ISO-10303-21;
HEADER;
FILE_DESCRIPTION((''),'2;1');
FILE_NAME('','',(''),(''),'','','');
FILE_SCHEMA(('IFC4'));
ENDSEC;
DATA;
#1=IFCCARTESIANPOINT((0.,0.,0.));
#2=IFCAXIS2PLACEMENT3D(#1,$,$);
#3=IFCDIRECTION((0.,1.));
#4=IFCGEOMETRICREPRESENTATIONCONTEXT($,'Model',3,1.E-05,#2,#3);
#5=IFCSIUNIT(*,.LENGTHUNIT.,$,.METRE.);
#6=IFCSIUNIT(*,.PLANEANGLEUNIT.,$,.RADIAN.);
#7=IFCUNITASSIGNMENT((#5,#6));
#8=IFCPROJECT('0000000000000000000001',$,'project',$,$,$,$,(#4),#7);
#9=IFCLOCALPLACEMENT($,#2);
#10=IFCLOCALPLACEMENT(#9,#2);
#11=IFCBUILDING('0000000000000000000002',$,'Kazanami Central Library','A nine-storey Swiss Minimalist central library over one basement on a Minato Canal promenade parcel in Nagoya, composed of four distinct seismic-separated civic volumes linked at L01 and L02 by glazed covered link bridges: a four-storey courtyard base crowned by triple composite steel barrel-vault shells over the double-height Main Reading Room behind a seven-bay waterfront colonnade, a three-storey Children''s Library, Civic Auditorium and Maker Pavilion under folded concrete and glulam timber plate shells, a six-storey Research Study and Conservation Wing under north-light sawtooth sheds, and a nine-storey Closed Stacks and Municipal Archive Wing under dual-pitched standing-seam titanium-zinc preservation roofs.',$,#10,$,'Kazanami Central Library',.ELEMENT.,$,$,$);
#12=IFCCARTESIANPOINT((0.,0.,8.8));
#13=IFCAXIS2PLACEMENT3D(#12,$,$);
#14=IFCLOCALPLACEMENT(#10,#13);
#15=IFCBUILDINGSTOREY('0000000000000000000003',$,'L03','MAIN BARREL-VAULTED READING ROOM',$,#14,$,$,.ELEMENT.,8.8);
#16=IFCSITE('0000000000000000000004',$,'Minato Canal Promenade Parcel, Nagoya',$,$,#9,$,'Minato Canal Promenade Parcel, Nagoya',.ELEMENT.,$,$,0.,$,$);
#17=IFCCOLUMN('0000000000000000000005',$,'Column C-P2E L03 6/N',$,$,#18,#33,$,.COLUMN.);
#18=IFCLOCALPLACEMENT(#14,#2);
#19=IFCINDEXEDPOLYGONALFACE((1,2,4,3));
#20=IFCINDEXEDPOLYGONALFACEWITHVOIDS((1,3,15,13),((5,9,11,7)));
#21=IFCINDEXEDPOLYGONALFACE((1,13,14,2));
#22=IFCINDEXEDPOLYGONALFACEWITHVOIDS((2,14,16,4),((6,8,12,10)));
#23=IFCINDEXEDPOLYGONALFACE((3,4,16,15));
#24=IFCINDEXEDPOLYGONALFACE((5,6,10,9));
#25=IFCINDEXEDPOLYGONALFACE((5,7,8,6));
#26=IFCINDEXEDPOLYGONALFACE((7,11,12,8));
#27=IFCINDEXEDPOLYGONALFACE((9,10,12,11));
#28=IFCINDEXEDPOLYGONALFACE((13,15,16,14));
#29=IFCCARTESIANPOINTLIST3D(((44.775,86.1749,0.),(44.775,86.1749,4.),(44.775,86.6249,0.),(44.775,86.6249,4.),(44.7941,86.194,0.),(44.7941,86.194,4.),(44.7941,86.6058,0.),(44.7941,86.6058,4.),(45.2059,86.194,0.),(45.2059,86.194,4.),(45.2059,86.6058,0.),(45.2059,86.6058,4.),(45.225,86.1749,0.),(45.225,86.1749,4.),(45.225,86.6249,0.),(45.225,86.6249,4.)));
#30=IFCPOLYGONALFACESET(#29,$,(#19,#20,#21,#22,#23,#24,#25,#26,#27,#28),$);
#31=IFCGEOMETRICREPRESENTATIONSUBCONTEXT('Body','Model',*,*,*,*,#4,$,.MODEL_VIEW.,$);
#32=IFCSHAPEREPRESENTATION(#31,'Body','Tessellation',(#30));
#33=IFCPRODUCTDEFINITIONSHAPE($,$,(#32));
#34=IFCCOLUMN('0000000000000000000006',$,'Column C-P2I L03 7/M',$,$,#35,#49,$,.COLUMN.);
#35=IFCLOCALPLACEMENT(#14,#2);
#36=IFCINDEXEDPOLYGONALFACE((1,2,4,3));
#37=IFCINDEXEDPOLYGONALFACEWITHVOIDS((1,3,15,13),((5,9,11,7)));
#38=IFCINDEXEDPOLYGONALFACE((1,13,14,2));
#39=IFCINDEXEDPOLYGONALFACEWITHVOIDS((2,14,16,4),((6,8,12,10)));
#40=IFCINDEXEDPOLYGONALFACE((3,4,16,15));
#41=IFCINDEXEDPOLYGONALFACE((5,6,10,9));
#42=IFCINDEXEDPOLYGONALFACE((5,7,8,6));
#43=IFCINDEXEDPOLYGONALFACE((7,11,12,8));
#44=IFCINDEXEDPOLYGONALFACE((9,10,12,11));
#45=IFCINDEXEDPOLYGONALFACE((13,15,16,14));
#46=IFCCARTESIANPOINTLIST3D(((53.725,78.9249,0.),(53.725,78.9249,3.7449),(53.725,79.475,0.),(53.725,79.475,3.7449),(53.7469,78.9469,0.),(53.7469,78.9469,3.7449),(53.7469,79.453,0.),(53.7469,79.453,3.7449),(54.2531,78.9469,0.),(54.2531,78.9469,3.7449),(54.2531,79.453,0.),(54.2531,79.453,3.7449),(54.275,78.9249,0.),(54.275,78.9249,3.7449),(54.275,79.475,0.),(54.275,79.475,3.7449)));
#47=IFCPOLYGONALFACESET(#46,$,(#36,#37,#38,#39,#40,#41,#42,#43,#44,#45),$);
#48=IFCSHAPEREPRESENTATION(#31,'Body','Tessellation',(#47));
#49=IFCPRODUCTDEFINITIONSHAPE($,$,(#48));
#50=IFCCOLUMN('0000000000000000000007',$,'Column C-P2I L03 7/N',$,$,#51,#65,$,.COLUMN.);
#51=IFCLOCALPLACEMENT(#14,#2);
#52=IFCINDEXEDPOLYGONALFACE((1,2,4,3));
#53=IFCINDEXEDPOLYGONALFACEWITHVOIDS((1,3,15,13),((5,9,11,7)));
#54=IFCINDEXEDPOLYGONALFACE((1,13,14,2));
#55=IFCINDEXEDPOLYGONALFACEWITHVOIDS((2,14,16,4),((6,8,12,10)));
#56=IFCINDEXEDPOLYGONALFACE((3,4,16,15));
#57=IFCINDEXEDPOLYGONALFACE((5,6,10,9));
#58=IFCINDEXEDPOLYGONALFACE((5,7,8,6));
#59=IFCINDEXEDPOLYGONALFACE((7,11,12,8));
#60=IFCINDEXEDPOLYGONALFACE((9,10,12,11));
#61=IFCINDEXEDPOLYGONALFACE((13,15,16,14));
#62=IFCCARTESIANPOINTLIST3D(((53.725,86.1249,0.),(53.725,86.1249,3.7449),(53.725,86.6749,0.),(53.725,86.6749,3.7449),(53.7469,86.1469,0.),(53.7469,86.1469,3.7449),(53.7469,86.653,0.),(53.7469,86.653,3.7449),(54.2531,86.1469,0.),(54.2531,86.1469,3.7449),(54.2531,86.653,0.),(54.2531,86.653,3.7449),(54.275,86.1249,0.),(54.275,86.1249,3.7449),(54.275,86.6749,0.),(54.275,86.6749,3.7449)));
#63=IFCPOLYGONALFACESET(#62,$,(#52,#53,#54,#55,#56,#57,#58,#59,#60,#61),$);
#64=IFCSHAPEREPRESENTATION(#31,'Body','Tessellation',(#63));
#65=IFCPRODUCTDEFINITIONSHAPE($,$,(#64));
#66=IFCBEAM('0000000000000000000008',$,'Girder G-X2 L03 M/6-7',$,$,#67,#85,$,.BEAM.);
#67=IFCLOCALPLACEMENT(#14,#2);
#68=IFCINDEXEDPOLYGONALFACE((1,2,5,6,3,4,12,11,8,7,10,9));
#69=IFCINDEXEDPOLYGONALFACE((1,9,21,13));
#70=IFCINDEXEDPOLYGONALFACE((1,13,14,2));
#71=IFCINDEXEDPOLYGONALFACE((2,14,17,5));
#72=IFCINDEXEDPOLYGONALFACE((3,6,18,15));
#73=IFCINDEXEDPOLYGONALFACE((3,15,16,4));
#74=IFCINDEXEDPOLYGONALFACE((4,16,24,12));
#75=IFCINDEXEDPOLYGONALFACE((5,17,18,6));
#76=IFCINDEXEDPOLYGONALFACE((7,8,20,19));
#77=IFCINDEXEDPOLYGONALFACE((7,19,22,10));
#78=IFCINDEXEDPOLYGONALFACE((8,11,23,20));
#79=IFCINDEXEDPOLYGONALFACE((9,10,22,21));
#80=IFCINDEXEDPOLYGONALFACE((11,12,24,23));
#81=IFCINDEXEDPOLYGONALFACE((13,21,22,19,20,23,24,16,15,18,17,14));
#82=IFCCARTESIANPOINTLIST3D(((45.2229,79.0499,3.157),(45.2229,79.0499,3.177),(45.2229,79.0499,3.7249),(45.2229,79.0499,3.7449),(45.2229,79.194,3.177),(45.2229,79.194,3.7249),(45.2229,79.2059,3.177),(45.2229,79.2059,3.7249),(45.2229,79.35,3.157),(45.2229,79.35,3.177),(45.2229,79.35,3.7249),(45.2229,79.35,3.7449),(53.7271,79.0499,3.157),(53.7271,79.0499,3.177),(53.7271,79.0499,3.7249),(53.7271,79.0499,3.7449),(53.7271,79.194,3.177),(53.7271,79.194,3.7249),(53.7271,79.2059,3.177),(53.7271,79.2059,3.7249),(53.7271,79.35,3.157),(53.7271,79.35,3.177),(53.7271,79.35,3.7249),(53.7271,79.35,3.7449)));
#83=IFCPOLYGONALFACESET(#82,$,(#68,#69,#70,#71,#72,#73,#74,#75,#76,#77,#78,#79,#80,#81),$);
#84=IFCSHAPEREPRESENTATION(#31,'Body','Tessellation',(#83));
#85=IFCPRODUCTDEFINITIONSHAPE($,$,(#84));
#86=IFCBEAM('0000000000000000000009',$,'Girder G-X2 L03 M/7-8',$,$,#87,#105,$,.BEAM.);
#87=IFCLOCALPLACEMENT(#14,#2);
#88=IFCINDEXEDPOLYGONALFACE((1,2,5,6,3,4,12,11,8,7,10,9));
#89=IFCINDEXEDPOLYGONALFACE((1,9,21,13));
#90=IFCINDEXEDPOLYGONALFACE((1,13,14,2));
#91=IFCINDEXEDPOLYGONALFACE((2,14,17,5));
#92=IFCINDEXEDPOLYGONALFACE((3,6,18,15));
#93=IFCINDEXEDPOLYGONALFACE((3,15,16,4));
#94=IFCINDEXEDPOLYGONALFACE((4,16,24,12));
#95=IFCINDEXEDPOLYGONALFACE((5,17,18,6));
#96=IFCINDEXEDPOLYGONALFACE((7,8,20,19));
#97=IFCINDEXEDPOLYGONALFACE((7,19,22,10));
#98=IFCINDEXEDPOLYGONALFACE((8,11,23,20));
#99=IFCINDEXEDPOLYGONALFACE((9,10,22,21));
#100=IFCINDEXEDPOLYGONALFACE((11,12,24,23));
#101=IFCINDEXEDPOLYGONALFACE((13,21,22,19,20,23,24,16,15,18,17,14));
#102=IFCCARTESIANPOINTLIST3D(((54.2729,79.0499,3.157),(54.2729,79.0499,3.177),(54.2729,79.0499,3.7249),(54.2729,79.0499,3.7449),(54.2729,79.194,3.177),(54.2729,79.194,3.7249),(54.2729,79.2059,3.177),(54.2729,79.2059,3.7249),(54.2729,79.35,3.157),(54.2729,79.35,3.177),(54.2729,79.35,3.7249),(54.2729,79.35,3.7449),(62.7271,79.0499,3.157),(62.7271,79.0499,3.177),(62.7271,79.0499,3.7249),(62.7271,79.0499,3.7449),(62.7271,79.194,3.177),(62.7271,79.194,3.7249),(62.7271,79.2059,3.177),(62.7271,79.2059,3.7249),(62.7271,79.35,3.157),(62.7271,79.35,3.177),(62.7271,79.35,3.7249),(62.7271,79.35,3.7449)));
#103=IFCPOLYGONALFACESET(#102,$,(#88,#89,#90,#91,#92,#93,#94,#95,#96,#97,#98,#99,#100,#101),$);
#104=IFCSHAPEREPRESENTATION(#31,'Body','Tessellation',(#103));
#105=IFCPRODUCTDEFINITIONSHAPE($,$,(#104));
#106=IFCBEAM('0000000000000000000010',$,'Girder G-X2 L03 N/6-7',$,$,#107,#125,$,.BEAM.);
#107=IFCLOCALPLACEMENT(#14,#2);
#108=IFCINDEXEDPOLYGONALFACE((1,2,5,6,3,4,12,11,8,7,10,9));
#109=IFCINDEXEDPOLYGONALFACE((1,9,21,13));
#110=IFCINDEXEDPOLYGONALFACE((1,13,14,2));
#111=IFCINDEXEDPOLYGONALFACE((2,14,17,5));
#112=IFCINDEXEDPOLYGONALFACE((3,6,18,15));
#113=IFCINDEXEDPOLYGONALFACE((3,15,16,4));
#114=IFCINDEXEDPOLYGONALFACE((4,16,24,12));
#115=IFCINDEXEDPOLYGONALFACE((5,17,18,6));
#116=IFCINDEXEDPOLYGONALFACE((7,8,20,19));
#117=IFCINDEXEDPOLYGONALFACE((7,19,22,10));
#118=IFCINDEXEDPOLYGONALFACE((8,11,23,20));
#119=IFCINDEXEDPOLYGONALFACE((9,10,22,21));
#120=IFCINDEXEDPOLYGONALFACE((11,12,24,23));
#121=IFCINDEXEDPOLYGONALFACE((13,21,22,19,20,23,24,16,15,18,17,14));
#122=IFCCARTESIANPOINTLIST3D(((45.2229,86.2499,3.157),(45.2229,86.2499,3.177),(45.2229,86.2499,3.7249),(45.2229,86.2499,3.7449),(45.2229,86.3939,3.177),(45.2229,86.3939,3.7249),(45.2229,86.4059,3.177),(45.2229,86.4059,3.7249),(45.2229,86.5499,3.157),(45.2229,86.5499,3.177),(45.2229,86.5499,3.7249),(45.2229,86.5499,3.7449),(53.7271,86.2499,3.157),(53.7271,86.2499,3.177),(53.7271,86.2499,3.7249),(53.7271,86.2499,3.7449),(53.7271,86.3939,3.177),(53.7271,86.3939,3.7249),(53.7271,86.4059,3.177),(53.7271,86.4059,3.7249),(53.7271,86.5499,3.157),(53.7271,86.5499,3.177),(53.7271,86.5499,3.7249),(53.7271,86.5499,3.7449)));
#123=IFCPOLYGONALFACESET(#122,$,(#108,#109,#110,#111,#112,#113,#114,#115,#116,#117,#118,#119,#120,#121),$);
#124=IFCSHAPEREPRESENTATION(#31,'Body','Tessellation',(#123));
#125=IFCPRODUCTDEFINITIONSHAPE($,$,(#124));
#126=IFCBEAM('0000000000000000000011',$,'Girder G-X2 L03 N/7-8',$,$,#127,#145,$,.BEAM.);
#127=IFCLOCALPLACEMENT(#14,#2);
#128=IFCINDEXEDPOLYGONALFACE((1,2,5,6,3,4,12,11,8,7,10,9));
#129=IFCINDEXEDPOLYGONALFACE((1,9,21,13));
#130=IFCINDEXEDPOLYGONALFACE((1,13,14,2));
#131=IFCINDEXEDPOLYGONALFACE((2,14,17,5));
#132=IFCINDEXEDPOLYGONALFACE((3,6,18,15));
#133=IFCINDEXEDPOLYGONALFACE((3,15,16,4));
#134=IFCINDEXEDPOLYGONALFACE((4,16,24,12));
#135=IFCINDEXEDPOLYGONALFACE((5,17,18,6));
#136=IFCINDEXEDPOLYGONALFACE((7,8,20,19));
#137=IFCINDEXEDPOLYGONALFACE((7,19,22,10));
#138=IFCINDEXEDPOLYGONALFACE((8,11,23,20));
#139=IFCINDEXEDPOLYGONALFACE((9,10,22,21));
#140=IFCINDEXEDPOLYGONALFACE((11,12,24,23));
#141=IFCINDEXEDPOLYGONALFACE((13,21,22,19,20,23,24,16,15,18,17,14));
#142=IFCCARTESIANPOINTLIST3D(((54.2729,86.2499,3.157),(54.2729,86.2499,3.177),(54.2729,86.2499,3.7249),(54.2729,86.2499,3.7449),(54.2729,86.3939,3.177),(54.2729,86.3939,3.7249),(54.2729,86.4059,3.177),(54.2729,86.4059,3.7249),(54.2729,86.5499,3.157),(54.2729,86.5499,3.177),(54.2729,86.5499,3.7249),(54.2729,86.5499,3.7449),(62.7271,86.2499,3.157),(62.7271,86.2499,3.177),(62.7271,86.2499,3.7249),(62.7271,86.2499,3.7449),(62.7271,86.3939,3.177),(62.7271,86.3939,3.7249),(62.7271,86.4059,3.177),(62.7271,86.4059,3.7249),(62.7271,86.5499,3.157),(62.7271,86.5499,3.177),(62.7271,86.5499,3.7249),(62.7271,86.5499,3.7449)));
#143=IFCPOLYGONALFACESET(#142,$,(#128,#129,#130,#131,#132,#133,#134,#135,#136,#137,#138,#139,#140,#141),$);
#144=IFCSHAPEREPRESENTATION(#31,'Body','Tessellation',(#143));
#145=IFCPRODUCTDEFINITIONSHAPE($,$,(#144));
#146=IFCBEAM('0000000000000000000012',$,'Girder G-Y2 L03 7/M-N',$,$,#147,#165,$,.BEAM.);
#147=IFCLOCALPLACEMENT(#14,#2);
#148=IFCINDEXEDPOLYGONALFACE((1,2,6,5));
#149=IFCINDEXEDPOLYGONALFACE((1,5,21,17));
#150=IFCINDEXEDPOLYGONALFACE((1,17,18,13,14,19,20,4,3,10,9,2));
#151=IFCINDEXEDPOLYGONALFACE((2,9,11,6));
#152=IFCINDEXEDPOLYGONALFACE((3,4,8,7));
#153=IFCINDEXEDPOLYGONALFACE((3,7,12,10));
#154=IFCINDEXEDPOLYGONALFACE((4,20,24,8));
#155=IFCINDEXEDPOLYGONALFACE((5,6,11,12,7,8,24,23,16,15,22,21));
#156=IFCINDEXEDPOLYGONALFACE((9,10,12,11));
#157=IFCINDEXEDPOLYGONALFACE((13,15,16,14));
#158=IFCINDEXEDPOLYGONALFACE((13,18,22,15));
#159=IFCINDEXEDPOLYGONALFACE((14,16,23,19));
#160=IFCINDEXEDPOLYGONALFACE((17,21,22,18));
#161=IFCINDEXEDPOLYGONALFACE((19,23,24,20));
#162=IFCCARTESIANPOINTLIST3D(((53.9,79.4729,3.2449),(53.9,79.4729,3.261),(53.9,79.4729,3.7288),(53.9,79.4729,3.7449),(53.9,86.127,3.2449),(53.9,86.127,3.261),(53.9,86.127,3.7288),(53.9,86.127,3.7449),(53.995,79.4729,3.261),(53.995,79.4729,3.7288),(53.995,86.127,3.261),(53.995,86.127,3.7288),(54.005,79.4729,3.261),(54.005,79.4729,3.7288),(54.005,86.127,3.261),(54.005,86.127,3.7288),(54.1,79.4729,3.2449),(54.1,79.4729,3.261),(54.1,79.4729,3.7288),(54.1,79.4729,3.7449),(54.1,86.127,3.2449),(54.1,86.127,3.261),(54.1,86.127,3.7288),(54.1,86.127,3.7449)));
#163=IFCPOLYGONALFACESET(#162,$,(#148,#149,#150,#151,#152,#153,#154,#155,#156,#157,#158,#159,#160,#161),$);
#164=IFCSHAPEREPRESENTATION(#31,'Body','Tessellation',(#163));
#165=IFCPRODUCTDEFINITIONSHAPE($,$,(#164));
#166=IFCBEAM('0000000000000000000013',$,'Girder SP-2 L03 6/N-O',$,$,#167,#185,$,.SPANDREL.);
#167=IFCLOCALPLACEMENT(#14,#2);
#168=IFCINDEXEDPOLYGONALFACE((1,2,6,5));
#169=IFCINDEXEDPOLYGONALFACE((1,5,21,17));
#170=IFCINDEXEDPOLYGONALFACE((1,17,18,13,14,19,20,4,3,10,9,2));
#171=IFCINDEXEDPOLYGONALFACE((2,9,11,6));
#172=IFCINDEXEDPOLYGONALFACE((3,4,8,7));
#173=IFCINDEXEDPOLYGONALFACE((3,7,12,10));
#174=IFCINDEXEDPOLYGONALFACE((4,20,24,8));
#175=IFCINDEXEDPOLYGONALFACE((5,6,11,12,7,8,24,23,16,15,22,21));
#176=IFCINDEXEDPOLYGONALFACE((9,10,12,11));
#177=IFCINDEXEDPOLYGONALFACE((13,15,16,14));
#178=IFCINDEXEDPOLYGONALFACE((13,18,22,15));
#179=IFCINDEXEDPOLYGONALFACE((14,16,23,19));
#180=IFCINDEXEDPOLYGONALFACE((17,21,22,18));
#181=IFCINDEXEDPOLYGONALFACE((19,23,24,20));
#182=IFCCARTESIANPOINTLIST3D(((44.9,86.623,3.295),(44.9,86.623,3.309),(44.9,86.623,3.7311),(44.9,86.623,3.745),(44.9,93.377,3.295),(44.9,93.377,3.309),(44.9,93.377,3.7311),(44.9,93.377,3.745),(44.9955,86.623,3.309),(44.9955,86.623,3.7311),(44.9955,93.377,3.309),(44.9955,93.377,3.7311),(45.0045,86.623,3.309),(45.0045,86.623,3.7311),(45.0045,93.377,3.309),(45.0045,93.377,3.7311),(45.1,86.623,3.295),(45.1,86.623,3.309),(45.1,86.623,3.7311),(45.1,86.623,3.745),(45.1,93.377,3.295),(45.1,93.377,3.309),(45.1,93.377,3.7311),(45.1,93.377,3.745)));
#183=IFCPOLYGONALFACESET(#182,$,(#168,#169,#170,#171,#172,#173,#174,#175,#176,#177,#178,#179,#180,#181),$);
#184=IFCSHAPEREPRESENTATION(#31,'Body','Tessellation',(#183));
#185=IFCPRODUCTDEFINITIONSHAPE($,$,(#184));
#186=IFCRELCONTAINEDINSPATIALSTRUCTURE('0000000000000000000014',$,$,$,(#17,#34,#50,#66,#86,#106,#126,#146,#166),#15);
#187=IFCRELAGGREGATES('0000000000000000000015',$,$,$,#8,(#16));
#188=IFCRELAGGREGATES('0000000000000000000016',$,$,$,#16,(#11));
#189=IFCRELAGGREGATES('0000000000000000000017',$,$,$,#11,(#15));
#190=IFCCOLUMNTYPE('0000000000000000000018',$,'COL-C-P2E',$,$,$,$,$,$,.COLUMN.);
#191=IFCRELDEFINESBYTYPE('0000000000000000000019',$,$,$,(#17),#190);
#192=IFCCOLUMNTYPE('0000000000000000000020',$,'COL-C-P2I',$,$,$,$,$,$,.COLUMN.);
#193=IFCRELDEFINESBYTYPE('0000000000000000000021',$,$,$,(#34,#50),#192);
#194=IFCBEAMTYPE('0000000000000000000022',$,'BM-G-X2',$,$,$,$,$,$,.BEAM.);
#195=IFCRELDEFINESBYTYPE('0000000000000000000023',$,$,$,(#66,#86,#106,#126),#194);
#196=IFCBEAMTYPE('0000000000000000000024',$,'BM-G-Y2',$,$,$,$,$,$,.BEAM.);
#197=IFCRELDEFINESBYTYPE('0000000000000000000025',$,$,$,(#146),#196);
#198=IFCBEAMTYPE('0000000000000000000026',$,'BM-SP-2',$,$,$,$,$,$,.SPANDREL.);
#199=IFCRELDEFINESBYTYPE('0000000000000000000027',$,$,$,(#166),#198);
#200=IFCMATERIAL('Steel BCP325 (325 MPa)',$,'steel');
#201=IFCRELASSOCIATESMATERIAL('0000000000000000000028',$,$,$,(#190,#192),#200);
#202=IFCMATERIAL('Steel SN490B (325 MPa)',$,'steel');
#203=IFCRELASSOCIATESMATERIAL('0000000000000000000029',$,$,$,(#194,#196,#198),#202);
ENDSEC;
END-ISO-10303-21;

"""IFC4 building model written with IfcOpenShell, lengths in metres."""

from ifc_helpers import new_model, si_unit, direction, frame, origin, origin_2d, place, context, subcontext, project, spatial, hollow_rectangle, i_section, extrude, material, material_profile, profile_set, type_object, element, save


model = new_model("IFC4")

# Units and contexts
model_context = context("Model", 3, precision=1e-05, world=origin(), true_north=direction((0.0, 1.0)))
body_context = subcontext(model_context, "Body", "Model", "MODEL_VIEW")
ifc_project = project(units=[si_unit("LENGTHUNIT", "METRE"), si_unit("PLANEANGLEUNIT", "RADIAN")], contexts=[model_context])

# Site, building, storey
site_placement = place(None, origin())
site = spatial("IfcSite", under=ifc_project, at=site_placement, Name="Minato Canal Promenade Parcel, Nagoya", LongName="Minato Canal Promenade Parcel, Nagoya", CompositionType="ELEMENT", RefElevation=0.0)
building_placement = place(site_placement, origin())
building = spatial("IfcBuilding", under=site, at=building_placement, Name="Kazanami Central Library", Description="A nine-storey Swiss Minimalist central library over one basement on a Minato Canal promenade parcel in Nagoya, composed of four distinct seismic-separated civic volumes linked at L01 and L02 by glazed covered link bridges: a four-storey courtyard base crowned by triple composite steel barrel-vault shells over the double-height Main Reading Room behind a seven-bay waterfront colonnade, a three-storey Children's Library, Civic Auditorium and Maker Pavilion under folded concrete and glulam timber plate shells, a six-storey Research Study and Conservation Wing under north-light sawtooth sheds, and a nine-storey Closed Stacks and Municipal Archive Wing under dual-pitched standing-seam titanium-zinc preservation roofs.", LongName="Kazanami Central Library", CompositionType="ELEMENT")
storey_placement = place(building_placement, frame((0.0, 0.0, 8.8)))
storey = spatial("IfcBuildingStorey", under=building, at=storey_placement, Name="L03", Description="MAIN BARREL-VAULTED READING ROOM", CompositionType="ELEMENT", Elevation=8.8)

# Columns
ifc_material_1 = material(Name="Steel BCP325 (325 MPa)", Category="steel")
ifc_material_profile_1 = material_profile(ifc_material_1, hollow_rectangle(XDim=0.45, YDim=0.45, WallThickness=0.019, at=origin_2d()), Name="BCP-450x450x19")
ifc_profile_set_1 = profile_set([ifc_material_profile_1], Name="Steel BCP325 (325 MPa)")
column_type_1 = type_object("IfcColumnType", Name="COL-C-P2E", PredefinedType="COLUMN", material=ifc_profile_set_1)
column_placement = place(storey_placement, frame((45.0, 86.3999, 0.0), z_axis=(0.0, 0.0, 1.0), x_axis=(1.0, 0.0, 0.0)))
element("IfcColumn", 1, at=column_placement, inside=storey, type_object=column_type_1, Name="Column C-P2E L03 6/N", PredefinedType="COLUMN", context=body_context, shape_type="SweptSolid", body=[
    extrude(hollow_rectangle(XDim=0.45, YDim=0.45, WallThickness=0.019, at=origin_2d()), origin(), (0.0, 0.0, 1.0), 4.0),
])
ifc_material_profile_2 = material_profile(ifc_material_1, hollow_rectangle(XDim=0.55, YDim=0.55, WallThickness=0.022, at=origin_2d()), Name="BCP-550x550x22")
ifc_profile_set_2 = profile_set([ifc_material_profile_2], Name="Steel BCP325 (325 MPa)")
column_type_2 = type_object("IfcColumnType", Name="COL-C-P2I", PredefinedType="COLUMN", material=ifc_profile_set_2)
for number, where, z_axis, x_axis, name in (
    (2, (54.0, 79.2, 0.0), (0.0, 0.0, 1.0), (1.0, 0.0, 0.0), "Column C-P2I L03 7/M"),
    (3, (54.0, 86.3999, 0.0), (0.0, 0.0, 1.0), (1.0, 0.0, 0.0), "Column C-P2I L03 7/N"),
):
    element("IfcColumn", number, at=place(storey_placement, frame(where, z_axis=z_axis, x_axis=x_axis)), inside=storey, type_object=column_type_2, Name=name, PredefinedType="COLUMN", context=body_context, shape_type="SweptSolid", body=[
        extrude(hollow_rectangle(XDim=0.55, YDim=0.55, WallThickness=0.022, at=origin_2d()), origin(), (0.0, 0.0, 1.0), 3.7449),
    ])

# Beams
ifc_material_2 = material(Name="Steel SN490B (325 MPa)", Category="steel")
ifc_material_profile_3 = material_profile(ifc_material_2, i_section(OverallWidth=0.3, OverallDepth=0.5879, WebThickness=0.012, FlangeThickness=0.02, at=origin_2d()), Name="H-588x300x12x20")
ifc_profile_set_3 = profile_set([ifc_material_profile_3], Name="Steel SN490B (325 MPa)")
beam_type_1 = type_object("IfcBeamType", Name="BM-G-X2", PredefinedType="BEAM", material=ifc_profile_set_3)
beam_1_placement = place(storey_placement, frame((45.2229, 79.2, 3.4509), z_axis=(1.0, 0.0, 0.0), x_axis=(0.0, 1.0, 0.0)))
element("IfcBeam", 4, at=beam_1_placement, inside=storey, type_object=beam_type_1, Name="Girder G-X2 L03 M/6-7", PredefinedType="BEAM", context=body_context, shape_type="SweptSolid", body=[
    extrude(i_section(OverallWidth=0.3, OverallDepth=0.5879, WebThickness=0.012, FlangeThickness=0.02, at=origin_2d()), origin(), (0.0, 0.0, 1.0), 8.5042),
])
beam_2_placement = place(storey_placement, frame((54.2729, 79.2, 3.4509), z_axis=(1.0, 0.0, 0.0), x_axis=(0.0, 1.0, 0.0)))
element("IfcBeam", 5, at=beam_2_placement, inside=storey, type_object=beam_type_1, Name="Girder G-X2 L03 M/7-8", PredefinedType="BEAM", context=body_context, shape_type="SweptSolid", body=[
    extrude(i_section(OverallWidth=0.3, OverallDepth=0.5879, WebThickness=0.012, FlangeThickness=0.02, at=origin_2d()), origin(), (0.0, 0.0, 1.0), 8.4541),
])
beam_3_placement = place(storey_placement, frame((45.2229, 86.3999, 3.4509), z_axis=(1.0, 0.0, 0.0), x_axis=(0.0, 1.0, 0.0)))
element("IfcBeam", 6, at=beam_3_placement, inside=storey, type_object=beam_type_1, Name="Girder G-X2 L03 N/6-7", PredefinedType="BEAM", context=body_context, shape_type="SweptSolid", body=[
    extrude(i_section(OverallWidth=0.3, OverallDepth=0.5879, WebThickness=0.012, FlangeThickness=0.02, at=origin_2d()), origin(), (0.0, 0.0, 1.0), 8.5042),
])
beam_4_placement = place(storey_placement, frame((54.2729, 86.3999, 3.4509), z_axis=(1.0, 0.0, 0.0), x_axis=(0.0, 1.0, 0.0)))
element("IfcBeam", 7, at=beam_4_placement, inside=storey, type_object=beam_type_1, Name="Girder G-X2 L03 N/7-8", PredefinedType="BEAM", context=body_context, shape_type="SweptSolid", body=[
    extrude(i_section(OverallWidth=0.3, OverallDepth=0.5879, WebThickness=0.012, FlangeThickness=0.02, at=origin_2d()), origin(), (0.0, 0.0, 1.0), 8.4541),
])
ifc_material_profile_4 = material_profile(ifc_material_2, i_section(OverallWidth=0.2, OverallDepth=0.5, WebThickness=0.01, FlangeThickness=0.0161, at=origin_2d()), Name="H-500x200x10x16")
ifc_profile_set_4 = profile_set([ifc_material_profile_4], Name="Steel SN490B (325 MPa)")
beam_type_2 = type_object("IfcBeamType", Name="BM-G-Y2", PredefinedType="BEAM", material=ifc_profile_set_4)
beam_5_placement = place(storey_placement, frame((54.0, 79.4729, 3.4949), z_axis=(0.0, 1.0, 0.0), x_axis=(-1.0, 0.0, 0.0)))
element("IfcBeam", 8, at=beam_5_placement, inside=storey, type_object=beam_type_2, Name="Girder G-Y2 L03 7/M-N", PredefinedType="BEAM", context=body_context, shape_type="SweptSolid", body=[
    extrude(i_section(OverallWidth=0.2, OverallDepth=0.5, WebThickness=0.01, FlangeThickness=0.0161, at=origin_2d()), origin(), (0.0, 0.0, 1.0), 6.6541),
])
ifc_material_profile_5 = material_profile(ifc_material_2, i_section(OverallWidth=0.2, OverallDepth=0.45, WebThickness=0.009, FlangeThickness=0.0139, at=origin_2d()), Name="H-450x200x9x14")
ifc_profile_set_5 = profile_set([ifc_material_profile_5], Name="Steel SN490B (325 MPa)")
beam_type_3 = type_object("IfcBeamType", Name="BM-SP-2", PredefinedType="SPANDREL", material=ifc_profile_set_5)
beam_6_placement = place(storey_placement, frame((45.0, 86.623, 3.52), z_axis=(0.0, 1.0, 0.0), x_axis=(-1.0, 0.0, 0.0)))
element("IfcBeam", 9, at=beam_6_placement, inside=storey, type_object=beam_type_3, Name="Girder SP-2 L03 6/N-O", PredefinedType="SPANDREL", context=body_context, shape_type="SweptSolid", body=[
    extrude(i_section(OverallWidth=0.2, OverallDepth=0.45, WebThickness=0.009, FlangeThickness=0.0139, at=origin_2d()), origin(), (0.0, 0.0, 1.0), 6.7539),
])

save(model, "model.ifc")
